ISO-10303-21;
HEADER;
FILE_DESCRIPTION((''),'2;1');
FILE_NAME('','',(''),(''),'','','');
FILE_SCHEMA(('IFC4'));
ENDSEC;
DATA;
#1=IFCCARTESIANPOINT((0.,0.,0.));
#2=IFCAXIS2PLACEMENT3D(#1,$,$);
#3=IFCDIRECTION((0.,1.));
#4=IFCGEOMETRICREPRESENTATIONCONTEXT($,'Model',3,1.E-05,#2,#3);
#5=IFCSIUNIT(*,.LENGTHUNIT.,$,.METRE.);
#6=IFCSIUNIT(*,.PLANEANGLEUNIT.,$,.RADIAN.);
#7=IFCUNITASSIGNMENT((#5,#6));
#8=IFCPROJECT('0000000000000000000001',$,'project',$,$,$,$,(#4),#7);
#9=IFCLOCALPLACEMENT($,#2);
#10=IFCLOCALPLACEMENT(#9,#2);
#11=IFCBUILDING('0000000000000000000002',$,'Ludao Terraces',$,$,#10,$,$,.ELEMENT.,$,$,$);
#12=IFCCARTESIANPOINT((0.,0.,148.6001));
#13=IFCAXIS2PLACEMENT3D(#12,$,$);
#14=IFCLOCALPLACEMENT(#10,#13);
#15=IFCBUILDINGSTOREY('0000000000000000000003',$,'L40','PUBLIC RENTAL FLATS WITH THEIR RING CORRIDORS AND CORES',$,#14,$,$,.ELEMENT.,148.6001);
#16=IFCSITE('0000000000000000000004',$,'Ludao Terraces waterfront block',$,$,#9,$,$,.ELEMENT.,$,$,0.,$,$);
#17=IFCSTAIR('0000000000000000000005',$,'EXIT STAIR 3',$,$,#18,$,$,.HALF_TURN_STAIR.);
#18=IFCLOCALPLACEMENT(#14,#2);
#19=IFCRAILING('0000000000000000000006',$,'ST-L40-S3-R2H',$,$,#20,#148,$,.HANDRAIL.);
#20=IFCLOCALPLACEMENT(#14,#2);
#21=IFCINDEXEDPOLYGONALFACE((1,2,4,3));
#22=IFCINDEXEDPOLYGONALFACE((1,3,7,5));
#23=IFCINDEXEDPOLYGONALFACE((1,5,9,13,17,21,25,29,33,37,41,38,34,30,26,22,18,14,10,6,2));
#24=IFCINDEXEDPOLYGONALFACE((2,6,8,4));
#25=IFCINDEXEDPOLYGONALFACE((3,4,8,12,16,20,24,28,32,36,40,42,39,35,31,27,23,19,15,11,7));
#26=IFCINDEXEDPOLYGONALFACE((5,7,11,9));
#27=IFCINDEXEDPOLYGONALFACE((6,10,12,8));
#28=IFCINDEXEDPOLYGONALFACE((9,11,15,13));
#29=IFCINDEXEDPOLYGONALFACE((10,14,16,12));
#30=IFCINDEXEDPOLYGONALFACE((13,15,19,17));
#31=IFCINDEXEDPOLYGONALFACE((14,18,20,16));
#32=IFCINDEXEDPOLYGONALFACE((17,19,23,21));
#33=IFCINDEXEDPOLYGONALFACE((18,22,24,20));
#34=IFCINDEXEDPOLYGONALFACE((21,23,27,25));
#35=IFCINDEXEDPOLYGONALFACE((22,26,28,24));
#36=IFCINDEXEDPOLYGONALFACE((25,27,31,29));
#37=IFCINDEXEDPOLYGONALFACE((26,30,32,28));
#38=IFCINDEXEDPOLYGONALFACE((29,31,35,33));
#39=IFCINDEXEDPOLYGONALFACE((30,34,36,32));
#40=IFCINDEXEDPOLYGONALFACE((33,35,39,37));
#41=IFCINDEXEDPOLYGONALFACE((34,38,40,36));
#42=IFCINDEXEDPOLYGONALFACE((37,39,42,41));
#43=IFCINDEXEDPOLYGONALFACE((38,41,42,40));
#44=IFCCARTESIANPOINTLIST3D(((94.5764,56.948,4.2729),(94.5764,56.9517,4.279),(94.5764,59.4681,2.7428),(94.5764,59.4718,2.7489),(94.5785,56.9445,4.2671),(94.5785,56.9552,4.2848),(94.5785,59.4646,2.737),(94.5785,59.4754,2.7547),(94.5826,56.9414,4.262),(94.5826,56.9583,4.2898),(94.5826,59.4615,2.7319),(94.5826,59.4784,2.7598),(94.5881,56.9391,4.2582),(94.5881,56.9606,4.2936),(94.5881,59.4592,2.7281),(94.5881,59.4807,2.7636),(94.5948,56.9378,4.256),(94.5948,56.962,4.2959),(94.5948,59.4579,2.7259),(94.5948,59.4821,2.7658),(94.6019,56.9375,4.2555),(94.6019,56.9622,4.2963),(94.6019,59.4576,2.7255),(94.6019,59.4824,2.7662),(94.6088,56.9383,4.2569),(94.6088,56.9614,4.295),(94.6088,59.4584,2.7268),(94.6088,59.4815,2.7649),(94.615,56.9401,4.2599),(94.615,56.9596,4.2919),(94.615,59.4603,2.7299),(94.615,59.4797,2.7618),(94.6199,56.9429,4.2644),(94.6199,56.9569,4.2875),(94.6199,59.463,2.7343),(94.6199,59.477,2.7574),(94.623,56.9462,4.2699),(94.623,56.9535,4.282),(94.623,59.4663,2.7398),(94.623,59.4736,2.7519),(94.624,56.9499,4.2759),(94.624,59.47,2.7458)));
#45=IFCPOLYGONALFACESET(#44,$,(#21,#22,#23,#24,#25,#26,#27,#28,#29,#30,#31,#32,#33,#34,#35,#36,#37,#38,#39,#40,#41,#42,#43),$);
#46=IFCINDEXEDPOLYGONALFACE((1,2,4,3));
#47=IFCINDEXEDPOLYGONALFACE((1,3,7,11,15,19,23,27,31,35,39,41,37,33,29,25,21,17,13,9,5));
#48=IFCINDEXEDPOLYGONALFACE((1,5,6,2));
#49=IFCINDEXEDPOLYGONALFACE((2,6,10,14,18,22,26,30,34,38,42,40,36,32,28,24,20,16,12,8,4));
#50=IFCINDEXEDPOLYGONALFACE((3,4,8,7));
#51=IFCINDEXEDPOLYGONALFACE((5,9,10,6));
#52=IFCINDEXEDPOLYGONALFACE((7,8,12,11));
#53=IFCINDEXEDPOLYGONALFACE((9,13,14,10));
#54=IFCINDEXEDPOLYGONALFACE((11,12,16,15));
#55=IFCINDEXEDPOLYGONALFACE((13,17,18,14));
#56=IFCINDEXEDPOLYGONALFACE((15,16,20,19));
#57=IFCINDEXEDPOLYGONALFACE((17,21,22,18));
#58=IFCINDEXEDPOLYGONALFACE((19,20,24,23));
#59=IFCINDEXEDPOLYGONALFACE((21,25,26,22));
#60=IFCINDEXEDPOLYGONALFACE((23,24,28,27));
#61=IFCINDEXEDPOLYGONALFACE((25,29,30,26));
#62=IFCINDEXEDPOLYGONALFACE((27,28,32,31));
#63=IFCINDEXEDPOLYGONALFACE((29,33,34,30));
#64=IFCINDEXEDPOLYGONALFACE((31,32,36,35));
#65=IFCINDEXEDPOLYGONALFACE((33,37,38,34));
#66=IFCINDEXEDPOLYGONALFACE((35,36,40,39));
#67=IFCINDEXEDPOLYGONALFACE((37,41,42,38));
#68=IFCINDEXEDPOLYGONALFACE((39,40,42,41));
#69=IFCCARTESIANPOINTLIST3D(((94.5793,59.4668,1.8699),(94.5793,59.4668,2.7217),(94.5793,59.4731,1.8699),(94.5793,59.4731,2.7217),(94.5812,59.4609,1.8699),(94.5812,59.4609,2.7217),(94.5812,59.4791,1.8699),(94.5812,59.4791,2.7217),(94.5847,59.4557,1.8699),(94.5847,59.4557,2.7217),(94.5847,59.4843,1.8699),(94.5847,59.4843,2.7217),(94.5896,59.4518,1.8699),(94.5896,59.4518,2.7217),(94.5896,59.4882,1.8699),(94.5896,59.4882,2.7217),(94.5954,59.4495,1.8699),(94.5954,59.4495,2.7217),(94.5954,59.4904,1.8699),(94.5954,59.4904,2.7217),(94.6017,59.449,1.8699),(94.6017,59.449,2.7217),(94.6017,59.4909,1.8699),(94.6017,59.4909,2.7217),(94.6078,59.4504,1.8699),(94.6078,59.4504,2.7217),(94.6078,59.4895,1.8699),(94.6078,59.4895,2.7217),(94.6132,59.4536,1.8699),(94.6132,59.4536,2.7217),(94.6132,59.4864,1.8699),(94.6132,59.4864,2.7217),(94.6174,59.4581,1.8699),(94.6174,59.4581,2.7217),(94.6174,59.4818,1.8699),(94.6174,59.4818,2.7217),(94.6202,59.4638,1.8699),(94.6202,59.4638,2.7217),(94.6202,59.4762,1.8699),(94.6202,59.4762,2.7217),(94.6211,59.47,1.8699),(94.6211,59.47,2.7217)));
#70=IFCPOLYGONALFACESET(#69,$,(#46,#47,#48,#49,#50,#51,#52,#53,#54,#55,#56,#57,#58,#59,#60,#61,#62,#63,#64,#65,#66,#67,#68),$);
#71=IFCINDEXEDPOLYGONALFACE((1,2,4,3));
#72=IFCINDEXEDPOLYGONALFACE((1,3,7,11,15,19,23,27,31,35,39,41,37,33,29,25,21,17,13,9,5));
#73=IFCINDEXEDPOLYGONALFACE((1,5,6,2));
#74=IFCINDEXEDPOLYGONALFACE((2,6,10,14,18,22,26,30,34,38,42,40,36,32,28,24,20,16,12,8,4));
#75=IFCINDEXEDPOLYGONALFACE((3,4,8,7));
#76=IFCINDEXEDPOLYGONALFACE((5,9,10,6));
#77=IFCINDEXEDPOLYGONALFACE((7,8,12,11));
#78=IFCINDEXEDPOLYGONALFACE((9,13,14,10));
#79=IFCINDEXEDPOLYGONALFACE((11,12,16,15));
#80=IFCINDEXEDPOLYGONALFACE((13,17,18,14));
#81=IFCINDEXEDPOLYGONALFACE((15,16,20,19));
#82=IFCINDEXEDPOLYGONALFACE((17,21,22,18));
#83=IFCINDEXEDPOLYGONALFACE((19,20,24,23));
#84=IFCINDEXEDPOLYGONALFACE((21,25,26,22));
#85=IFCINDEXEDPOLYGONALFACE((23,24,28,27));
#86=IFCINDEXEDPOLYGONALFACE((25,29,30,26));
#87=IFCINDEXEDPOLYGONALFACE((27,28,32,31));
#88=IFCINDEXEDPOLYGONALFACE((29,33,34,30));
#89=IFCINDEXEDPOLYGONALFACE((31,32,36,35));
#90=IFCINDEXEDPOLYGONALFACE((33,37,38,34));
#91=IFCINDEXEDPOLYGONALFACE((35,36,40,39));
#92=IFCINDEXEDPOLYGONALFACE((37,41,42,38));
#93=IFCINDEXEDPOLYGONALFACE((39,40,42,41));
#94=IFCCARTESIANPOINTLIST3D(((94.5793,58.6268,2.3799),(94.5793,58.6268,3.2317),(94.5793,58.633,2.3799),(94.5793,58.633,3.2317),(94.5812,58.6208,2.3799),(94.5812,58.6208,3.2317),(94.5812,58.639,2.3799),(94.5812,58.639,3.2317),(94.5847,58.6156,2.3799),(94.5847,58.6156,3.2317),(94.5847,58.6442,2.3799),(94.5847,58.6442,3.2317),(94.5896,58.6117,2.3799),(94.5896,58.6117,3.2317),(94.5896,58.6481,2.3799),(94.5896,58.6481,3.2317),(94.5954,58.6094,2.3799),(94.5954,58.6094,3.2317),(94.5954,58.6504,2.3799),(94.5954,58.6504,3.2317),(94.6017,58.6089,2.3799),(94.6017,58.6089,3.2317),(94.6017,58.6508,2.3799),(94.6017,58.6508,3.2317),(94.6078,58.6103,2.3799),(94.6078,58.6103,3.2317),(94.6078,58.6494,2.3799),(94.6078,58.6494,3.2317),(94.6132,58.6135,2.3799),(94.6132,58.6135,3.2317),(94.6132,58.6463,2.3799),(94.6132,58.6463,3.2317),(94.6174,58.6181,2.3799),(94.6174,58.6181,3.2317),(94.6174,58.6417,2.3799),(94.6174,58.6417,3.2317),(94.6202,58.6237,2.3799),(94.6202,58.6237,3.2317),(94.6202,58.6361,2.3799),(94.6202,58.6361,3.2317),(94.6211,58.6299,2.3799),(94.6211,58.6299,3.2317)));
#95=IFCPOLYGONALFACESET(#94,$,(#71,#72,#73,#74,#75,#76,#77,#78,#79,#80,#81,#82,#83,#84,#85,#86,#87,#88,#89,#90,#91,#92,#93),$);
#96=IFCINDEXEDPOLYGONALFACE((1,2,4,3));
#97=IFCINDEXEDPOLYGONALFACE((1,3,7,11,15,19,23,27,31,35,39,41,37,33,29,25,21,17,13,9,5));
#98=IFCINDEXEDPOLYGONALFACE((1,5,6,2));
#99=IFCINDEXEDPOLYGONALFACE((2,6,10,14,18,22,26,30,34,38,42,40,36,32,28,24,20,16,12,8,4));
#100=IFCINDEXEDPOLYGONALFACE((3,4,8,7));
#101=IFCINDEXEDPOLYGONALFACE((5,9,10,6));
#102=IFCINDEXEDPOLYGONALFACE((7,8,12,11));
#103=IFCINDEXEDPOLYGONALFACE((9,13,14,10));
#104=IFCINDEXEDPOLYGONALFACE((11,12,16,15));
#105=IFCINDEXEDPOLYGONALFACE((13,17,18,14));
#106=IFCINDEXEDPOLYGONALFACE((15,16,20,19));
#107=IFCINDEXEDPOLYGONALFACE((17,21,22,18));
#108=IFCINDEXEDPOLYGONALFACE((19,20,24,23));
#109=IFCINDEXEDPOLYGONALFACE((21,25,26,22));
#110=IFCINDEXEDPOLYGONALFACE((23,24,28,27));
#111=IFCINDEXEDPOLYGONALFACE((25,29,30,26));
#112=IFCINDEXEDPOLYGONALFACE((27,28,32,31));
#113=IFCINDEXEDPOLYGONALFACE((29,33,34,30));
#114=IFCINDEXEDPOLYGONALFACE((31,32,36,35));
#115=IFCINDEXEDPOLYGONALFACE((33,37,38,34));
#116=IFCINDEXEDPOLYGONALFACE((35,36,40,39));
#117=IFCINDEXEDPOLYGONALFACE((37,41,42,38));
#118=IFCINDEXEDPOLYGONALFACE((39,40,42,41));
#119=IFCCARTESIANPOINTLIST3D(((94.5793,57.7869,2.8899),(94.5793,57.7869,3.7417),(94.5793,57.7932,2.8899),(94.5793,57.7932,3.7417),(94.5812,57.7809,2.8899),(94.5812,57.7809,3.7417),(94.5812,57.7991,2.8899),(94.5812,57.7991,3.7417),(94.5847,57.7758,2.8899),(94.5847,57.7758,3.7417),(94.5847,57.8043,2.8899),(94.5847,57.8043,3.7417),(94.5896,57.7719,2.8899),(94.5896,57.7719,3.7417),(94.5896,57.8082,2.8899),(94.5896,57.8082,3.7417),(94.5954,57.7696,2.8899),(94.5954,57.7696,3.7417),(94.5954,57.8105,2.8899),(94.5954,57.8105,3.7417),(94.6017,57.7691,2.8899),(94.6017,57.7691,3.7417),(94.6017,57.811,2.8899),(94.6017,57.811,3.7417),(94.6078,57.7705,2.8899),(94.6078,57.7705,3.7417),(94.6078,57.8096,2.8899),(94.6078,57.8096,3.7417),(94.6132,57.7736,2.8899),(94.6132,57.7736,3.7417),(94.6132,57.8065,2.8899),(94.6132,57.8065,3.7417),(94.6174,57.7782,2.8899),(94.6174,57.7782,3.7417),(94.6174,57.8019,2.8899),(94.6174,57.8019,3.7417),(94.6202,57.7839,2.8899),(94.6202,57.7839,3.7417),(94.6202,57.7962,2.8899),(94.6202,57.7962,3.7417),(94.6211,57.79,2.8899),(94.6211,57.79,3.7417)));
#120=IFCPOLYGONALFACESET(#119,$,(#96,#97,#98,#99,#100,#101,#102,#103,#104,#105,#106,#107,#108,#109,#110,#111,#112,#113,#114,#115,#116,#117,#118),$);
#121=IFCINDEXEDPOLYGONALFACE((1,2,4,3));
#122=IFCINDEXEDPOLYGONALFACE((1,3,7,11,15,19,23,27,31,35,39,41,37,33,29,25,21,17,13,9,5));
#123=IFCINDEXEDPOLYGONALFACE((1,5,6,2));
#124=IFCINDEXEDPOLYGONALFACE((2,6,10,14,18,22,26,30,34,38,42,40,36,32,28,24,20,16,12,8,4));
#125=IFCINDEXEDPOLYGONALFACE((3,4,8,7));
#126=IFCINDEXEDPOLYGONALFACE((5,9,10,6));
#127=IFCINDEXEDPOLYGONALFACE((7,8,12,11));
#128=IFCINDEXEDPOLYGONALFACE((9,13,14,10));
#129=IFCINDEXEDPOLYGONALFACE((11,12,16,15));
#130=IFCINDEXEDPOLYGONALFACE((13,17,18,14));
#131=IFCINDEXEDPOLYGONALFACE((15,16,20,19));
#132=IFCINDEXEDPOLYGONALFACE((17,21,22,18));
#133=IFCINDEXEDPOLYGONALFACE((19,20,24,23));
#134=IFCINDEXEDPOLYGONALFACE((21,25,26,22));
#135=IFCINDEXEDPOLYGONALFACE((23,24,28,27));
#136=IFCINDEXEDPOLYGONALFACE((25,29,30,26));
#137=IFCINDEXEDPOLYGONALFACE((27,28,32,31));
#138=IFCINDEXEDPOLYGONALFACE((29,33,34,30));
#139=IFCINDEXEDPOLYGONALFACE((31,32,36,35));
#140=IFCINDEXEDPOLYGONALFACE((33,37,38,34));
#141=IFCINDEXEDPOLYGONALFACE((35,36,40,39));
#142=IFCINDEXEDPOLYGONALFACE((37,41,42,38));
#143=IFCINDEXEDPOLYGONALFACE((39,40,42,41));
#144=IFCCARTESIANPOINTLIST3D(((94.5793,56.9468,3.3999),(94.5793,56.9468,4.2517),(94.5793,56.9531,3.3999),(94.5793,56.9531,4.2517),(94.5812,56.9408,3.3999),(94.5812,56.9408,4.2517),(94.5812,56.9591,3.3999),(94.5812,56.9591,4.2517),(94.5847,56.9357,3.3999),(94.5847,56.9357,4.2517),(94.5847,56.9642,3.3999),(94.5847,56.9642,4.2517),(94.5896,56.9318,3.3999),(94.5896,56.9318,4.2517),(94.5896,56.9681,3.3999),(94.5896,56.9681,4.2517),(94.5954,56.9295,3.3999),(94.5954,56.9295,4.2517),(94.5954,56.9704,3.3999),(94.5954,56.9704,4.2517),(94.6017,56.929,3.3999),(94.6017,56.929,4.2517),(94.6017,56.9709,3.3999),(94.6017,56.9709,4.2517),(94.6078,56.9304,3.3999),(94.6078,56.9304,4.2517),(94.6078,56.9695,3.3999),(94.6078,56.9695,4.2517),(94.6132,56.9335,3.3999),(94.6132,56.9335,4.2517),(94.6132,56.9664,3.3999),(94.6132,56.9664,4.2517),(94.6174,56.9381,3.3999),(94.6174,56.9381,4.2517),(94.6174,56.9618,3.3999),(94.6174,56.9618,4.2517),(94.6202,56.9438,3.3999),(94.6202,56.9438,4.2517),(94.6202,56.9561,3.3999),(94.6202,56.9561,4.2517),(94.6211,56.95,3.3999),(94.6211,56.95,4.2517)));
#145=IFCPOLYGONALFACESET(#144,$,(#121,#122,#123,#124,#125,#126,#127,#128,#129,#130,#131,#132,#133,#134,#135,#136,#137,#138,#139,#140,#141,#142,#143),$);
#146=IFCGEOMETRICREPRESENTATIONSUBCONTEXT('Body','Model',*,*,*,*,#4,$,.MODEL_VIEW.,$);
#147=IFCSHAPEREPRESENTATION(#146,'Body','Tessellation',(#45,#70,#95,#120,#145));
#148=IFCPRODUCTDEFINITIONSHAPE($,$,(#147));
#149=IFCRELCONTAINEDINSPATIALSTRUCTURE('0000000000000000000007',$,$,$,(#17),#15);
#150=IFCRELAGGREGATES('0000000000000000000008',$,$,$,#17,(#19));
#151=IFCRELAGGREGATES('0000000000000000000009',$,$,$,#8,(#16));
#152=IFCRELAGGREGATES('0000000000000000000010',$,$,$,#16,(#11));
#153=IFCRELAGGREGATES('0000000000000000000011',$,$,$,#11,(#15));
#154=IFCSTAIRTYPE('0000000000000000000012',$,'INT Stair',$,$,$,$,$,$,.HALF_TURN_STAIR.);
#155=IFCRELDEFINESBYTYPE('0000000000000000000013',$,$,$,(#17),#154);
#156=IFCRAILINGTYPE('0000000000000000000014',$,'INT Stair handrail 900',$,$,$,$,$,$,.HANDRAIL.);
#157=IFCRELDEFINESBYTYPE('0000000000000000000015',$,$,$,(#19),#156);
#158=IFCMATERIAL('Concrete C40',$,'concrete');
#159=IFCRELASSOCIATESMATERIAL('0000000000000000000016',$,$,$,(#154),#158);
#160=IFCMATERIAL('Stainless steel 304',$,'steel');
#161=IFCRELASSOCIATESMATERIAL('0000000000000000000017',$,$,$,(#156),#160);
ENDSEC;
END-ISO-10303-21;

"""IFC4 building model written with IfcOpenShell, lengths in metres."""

from ifc_helpers import new_model, si_unit, direction, frame, origin, origin_2d, place, context, subcontext, project, spatial, circle, extrude, material, type_object, element, aggregate, save


model = new_model("IFC4")

# Units and contexts
model_context = context("Model", 3, precision=1e-05, world=origin(), true_north=direction((0.0, 1.0)))
body_context = subcontext(model_context, "Body", "Model", "MODEL_VIEW")
ifc_project = project(units=[si_unit("LENGTHUNIT", "METRE"), si_unit("PLANEANGLEUNIT", "RADIAN")], contexts=[model_context])

# Site, building, storey
site_placement = place(None, origin())
site = spatial("IfcSite", under=ifc_project, at=site_placement, Name="Ludao Terraces waterfront block", CompositionType="ELEMENT", RefElevation=0.0)
building_placement = place(site_placement, origin())
building = spatial("IfcBuilding", under=site, at=building_placement, Name="Ludao Terraces", CompositionType="ELEMENT")
storey_placement = place(building_placement, frame((0.0, 0.0, 148.6001)))
storey = spatial("IfcBuildingStorey", under=building, at=storey_placement, Name="L40", Description="PUBLIC RENTAL FLATS WITH THEIR RING CORRIDORS AND CORES", CompositionType="ELEMENT", Elevation=148.6001)

# Shared definitions
ifc_material_1 = material(Name="Concrete C40", Category="concrete")

# Stair, railing
stair_type = type_object("IfcStairType", Name="INT Stair", PredefinedType="HALF_TURN_STAIR", material=ifc_material_1)
stair_placement = place(storey_placement, origin())
stair = element("IfcStair", 1, at=stair_placement, inside=storey, type_object=stair_type, Name="EXIT STAIR 3", PredefinedType="HALF_TURN_STAIR")
ifc_material_2 = material(Name="Stainless steel 304", Category="steel")
railing_type = type_object("IfcRailingType", Name="INT Stair handrail 900", PredefinedType="HANDRAIL", material=ifc_material_2)
railing_placement = place(storey_placement, frame((94.6001, 59.47, 1.8699)))
railing = element("IfcRailing", 2, at=railing_placement, type_object=railing_type, Name="ST-L40-S3-R2H", PredefinedType="HANDRAIL", context=body_context, shape_type="SweptSolid", body=[
    extrude(circle(Radius=0.0239, at=origin_2d()), frame((0.0, 0.0, 0.876), z_axis=(0.0, -0.854785, 0.518982), x_axis=(1.0, 0.0, 0.0)), (0.0, 0.0, 1.0), 2.9482),
    extrude(circle(Radius=0.021, at=origin_2d()), origin(), (0.0, 0.0, 1.0), 0.8518),
    extrude(circle(Radius=0.021, at=origin_2d()), frame((0.0, -0.8401, 0.51)), (0.0, 0.0, 1.0), 0.8518),
    extrude(circle(Radius=0.021, at=origin_2d()), frame((0.0, -1.6799, 1.02)), (0.0, 0.0, 1.0), 0.8518),
    extrude(circle(Radius=0.021, at=origin_2d()), frame((0.0, -2.52, 1.53)), (0.0, 0.0, 1.0), 0.8518),
])
aggregate(stair, [railing])

save(model, "model.ifc")
